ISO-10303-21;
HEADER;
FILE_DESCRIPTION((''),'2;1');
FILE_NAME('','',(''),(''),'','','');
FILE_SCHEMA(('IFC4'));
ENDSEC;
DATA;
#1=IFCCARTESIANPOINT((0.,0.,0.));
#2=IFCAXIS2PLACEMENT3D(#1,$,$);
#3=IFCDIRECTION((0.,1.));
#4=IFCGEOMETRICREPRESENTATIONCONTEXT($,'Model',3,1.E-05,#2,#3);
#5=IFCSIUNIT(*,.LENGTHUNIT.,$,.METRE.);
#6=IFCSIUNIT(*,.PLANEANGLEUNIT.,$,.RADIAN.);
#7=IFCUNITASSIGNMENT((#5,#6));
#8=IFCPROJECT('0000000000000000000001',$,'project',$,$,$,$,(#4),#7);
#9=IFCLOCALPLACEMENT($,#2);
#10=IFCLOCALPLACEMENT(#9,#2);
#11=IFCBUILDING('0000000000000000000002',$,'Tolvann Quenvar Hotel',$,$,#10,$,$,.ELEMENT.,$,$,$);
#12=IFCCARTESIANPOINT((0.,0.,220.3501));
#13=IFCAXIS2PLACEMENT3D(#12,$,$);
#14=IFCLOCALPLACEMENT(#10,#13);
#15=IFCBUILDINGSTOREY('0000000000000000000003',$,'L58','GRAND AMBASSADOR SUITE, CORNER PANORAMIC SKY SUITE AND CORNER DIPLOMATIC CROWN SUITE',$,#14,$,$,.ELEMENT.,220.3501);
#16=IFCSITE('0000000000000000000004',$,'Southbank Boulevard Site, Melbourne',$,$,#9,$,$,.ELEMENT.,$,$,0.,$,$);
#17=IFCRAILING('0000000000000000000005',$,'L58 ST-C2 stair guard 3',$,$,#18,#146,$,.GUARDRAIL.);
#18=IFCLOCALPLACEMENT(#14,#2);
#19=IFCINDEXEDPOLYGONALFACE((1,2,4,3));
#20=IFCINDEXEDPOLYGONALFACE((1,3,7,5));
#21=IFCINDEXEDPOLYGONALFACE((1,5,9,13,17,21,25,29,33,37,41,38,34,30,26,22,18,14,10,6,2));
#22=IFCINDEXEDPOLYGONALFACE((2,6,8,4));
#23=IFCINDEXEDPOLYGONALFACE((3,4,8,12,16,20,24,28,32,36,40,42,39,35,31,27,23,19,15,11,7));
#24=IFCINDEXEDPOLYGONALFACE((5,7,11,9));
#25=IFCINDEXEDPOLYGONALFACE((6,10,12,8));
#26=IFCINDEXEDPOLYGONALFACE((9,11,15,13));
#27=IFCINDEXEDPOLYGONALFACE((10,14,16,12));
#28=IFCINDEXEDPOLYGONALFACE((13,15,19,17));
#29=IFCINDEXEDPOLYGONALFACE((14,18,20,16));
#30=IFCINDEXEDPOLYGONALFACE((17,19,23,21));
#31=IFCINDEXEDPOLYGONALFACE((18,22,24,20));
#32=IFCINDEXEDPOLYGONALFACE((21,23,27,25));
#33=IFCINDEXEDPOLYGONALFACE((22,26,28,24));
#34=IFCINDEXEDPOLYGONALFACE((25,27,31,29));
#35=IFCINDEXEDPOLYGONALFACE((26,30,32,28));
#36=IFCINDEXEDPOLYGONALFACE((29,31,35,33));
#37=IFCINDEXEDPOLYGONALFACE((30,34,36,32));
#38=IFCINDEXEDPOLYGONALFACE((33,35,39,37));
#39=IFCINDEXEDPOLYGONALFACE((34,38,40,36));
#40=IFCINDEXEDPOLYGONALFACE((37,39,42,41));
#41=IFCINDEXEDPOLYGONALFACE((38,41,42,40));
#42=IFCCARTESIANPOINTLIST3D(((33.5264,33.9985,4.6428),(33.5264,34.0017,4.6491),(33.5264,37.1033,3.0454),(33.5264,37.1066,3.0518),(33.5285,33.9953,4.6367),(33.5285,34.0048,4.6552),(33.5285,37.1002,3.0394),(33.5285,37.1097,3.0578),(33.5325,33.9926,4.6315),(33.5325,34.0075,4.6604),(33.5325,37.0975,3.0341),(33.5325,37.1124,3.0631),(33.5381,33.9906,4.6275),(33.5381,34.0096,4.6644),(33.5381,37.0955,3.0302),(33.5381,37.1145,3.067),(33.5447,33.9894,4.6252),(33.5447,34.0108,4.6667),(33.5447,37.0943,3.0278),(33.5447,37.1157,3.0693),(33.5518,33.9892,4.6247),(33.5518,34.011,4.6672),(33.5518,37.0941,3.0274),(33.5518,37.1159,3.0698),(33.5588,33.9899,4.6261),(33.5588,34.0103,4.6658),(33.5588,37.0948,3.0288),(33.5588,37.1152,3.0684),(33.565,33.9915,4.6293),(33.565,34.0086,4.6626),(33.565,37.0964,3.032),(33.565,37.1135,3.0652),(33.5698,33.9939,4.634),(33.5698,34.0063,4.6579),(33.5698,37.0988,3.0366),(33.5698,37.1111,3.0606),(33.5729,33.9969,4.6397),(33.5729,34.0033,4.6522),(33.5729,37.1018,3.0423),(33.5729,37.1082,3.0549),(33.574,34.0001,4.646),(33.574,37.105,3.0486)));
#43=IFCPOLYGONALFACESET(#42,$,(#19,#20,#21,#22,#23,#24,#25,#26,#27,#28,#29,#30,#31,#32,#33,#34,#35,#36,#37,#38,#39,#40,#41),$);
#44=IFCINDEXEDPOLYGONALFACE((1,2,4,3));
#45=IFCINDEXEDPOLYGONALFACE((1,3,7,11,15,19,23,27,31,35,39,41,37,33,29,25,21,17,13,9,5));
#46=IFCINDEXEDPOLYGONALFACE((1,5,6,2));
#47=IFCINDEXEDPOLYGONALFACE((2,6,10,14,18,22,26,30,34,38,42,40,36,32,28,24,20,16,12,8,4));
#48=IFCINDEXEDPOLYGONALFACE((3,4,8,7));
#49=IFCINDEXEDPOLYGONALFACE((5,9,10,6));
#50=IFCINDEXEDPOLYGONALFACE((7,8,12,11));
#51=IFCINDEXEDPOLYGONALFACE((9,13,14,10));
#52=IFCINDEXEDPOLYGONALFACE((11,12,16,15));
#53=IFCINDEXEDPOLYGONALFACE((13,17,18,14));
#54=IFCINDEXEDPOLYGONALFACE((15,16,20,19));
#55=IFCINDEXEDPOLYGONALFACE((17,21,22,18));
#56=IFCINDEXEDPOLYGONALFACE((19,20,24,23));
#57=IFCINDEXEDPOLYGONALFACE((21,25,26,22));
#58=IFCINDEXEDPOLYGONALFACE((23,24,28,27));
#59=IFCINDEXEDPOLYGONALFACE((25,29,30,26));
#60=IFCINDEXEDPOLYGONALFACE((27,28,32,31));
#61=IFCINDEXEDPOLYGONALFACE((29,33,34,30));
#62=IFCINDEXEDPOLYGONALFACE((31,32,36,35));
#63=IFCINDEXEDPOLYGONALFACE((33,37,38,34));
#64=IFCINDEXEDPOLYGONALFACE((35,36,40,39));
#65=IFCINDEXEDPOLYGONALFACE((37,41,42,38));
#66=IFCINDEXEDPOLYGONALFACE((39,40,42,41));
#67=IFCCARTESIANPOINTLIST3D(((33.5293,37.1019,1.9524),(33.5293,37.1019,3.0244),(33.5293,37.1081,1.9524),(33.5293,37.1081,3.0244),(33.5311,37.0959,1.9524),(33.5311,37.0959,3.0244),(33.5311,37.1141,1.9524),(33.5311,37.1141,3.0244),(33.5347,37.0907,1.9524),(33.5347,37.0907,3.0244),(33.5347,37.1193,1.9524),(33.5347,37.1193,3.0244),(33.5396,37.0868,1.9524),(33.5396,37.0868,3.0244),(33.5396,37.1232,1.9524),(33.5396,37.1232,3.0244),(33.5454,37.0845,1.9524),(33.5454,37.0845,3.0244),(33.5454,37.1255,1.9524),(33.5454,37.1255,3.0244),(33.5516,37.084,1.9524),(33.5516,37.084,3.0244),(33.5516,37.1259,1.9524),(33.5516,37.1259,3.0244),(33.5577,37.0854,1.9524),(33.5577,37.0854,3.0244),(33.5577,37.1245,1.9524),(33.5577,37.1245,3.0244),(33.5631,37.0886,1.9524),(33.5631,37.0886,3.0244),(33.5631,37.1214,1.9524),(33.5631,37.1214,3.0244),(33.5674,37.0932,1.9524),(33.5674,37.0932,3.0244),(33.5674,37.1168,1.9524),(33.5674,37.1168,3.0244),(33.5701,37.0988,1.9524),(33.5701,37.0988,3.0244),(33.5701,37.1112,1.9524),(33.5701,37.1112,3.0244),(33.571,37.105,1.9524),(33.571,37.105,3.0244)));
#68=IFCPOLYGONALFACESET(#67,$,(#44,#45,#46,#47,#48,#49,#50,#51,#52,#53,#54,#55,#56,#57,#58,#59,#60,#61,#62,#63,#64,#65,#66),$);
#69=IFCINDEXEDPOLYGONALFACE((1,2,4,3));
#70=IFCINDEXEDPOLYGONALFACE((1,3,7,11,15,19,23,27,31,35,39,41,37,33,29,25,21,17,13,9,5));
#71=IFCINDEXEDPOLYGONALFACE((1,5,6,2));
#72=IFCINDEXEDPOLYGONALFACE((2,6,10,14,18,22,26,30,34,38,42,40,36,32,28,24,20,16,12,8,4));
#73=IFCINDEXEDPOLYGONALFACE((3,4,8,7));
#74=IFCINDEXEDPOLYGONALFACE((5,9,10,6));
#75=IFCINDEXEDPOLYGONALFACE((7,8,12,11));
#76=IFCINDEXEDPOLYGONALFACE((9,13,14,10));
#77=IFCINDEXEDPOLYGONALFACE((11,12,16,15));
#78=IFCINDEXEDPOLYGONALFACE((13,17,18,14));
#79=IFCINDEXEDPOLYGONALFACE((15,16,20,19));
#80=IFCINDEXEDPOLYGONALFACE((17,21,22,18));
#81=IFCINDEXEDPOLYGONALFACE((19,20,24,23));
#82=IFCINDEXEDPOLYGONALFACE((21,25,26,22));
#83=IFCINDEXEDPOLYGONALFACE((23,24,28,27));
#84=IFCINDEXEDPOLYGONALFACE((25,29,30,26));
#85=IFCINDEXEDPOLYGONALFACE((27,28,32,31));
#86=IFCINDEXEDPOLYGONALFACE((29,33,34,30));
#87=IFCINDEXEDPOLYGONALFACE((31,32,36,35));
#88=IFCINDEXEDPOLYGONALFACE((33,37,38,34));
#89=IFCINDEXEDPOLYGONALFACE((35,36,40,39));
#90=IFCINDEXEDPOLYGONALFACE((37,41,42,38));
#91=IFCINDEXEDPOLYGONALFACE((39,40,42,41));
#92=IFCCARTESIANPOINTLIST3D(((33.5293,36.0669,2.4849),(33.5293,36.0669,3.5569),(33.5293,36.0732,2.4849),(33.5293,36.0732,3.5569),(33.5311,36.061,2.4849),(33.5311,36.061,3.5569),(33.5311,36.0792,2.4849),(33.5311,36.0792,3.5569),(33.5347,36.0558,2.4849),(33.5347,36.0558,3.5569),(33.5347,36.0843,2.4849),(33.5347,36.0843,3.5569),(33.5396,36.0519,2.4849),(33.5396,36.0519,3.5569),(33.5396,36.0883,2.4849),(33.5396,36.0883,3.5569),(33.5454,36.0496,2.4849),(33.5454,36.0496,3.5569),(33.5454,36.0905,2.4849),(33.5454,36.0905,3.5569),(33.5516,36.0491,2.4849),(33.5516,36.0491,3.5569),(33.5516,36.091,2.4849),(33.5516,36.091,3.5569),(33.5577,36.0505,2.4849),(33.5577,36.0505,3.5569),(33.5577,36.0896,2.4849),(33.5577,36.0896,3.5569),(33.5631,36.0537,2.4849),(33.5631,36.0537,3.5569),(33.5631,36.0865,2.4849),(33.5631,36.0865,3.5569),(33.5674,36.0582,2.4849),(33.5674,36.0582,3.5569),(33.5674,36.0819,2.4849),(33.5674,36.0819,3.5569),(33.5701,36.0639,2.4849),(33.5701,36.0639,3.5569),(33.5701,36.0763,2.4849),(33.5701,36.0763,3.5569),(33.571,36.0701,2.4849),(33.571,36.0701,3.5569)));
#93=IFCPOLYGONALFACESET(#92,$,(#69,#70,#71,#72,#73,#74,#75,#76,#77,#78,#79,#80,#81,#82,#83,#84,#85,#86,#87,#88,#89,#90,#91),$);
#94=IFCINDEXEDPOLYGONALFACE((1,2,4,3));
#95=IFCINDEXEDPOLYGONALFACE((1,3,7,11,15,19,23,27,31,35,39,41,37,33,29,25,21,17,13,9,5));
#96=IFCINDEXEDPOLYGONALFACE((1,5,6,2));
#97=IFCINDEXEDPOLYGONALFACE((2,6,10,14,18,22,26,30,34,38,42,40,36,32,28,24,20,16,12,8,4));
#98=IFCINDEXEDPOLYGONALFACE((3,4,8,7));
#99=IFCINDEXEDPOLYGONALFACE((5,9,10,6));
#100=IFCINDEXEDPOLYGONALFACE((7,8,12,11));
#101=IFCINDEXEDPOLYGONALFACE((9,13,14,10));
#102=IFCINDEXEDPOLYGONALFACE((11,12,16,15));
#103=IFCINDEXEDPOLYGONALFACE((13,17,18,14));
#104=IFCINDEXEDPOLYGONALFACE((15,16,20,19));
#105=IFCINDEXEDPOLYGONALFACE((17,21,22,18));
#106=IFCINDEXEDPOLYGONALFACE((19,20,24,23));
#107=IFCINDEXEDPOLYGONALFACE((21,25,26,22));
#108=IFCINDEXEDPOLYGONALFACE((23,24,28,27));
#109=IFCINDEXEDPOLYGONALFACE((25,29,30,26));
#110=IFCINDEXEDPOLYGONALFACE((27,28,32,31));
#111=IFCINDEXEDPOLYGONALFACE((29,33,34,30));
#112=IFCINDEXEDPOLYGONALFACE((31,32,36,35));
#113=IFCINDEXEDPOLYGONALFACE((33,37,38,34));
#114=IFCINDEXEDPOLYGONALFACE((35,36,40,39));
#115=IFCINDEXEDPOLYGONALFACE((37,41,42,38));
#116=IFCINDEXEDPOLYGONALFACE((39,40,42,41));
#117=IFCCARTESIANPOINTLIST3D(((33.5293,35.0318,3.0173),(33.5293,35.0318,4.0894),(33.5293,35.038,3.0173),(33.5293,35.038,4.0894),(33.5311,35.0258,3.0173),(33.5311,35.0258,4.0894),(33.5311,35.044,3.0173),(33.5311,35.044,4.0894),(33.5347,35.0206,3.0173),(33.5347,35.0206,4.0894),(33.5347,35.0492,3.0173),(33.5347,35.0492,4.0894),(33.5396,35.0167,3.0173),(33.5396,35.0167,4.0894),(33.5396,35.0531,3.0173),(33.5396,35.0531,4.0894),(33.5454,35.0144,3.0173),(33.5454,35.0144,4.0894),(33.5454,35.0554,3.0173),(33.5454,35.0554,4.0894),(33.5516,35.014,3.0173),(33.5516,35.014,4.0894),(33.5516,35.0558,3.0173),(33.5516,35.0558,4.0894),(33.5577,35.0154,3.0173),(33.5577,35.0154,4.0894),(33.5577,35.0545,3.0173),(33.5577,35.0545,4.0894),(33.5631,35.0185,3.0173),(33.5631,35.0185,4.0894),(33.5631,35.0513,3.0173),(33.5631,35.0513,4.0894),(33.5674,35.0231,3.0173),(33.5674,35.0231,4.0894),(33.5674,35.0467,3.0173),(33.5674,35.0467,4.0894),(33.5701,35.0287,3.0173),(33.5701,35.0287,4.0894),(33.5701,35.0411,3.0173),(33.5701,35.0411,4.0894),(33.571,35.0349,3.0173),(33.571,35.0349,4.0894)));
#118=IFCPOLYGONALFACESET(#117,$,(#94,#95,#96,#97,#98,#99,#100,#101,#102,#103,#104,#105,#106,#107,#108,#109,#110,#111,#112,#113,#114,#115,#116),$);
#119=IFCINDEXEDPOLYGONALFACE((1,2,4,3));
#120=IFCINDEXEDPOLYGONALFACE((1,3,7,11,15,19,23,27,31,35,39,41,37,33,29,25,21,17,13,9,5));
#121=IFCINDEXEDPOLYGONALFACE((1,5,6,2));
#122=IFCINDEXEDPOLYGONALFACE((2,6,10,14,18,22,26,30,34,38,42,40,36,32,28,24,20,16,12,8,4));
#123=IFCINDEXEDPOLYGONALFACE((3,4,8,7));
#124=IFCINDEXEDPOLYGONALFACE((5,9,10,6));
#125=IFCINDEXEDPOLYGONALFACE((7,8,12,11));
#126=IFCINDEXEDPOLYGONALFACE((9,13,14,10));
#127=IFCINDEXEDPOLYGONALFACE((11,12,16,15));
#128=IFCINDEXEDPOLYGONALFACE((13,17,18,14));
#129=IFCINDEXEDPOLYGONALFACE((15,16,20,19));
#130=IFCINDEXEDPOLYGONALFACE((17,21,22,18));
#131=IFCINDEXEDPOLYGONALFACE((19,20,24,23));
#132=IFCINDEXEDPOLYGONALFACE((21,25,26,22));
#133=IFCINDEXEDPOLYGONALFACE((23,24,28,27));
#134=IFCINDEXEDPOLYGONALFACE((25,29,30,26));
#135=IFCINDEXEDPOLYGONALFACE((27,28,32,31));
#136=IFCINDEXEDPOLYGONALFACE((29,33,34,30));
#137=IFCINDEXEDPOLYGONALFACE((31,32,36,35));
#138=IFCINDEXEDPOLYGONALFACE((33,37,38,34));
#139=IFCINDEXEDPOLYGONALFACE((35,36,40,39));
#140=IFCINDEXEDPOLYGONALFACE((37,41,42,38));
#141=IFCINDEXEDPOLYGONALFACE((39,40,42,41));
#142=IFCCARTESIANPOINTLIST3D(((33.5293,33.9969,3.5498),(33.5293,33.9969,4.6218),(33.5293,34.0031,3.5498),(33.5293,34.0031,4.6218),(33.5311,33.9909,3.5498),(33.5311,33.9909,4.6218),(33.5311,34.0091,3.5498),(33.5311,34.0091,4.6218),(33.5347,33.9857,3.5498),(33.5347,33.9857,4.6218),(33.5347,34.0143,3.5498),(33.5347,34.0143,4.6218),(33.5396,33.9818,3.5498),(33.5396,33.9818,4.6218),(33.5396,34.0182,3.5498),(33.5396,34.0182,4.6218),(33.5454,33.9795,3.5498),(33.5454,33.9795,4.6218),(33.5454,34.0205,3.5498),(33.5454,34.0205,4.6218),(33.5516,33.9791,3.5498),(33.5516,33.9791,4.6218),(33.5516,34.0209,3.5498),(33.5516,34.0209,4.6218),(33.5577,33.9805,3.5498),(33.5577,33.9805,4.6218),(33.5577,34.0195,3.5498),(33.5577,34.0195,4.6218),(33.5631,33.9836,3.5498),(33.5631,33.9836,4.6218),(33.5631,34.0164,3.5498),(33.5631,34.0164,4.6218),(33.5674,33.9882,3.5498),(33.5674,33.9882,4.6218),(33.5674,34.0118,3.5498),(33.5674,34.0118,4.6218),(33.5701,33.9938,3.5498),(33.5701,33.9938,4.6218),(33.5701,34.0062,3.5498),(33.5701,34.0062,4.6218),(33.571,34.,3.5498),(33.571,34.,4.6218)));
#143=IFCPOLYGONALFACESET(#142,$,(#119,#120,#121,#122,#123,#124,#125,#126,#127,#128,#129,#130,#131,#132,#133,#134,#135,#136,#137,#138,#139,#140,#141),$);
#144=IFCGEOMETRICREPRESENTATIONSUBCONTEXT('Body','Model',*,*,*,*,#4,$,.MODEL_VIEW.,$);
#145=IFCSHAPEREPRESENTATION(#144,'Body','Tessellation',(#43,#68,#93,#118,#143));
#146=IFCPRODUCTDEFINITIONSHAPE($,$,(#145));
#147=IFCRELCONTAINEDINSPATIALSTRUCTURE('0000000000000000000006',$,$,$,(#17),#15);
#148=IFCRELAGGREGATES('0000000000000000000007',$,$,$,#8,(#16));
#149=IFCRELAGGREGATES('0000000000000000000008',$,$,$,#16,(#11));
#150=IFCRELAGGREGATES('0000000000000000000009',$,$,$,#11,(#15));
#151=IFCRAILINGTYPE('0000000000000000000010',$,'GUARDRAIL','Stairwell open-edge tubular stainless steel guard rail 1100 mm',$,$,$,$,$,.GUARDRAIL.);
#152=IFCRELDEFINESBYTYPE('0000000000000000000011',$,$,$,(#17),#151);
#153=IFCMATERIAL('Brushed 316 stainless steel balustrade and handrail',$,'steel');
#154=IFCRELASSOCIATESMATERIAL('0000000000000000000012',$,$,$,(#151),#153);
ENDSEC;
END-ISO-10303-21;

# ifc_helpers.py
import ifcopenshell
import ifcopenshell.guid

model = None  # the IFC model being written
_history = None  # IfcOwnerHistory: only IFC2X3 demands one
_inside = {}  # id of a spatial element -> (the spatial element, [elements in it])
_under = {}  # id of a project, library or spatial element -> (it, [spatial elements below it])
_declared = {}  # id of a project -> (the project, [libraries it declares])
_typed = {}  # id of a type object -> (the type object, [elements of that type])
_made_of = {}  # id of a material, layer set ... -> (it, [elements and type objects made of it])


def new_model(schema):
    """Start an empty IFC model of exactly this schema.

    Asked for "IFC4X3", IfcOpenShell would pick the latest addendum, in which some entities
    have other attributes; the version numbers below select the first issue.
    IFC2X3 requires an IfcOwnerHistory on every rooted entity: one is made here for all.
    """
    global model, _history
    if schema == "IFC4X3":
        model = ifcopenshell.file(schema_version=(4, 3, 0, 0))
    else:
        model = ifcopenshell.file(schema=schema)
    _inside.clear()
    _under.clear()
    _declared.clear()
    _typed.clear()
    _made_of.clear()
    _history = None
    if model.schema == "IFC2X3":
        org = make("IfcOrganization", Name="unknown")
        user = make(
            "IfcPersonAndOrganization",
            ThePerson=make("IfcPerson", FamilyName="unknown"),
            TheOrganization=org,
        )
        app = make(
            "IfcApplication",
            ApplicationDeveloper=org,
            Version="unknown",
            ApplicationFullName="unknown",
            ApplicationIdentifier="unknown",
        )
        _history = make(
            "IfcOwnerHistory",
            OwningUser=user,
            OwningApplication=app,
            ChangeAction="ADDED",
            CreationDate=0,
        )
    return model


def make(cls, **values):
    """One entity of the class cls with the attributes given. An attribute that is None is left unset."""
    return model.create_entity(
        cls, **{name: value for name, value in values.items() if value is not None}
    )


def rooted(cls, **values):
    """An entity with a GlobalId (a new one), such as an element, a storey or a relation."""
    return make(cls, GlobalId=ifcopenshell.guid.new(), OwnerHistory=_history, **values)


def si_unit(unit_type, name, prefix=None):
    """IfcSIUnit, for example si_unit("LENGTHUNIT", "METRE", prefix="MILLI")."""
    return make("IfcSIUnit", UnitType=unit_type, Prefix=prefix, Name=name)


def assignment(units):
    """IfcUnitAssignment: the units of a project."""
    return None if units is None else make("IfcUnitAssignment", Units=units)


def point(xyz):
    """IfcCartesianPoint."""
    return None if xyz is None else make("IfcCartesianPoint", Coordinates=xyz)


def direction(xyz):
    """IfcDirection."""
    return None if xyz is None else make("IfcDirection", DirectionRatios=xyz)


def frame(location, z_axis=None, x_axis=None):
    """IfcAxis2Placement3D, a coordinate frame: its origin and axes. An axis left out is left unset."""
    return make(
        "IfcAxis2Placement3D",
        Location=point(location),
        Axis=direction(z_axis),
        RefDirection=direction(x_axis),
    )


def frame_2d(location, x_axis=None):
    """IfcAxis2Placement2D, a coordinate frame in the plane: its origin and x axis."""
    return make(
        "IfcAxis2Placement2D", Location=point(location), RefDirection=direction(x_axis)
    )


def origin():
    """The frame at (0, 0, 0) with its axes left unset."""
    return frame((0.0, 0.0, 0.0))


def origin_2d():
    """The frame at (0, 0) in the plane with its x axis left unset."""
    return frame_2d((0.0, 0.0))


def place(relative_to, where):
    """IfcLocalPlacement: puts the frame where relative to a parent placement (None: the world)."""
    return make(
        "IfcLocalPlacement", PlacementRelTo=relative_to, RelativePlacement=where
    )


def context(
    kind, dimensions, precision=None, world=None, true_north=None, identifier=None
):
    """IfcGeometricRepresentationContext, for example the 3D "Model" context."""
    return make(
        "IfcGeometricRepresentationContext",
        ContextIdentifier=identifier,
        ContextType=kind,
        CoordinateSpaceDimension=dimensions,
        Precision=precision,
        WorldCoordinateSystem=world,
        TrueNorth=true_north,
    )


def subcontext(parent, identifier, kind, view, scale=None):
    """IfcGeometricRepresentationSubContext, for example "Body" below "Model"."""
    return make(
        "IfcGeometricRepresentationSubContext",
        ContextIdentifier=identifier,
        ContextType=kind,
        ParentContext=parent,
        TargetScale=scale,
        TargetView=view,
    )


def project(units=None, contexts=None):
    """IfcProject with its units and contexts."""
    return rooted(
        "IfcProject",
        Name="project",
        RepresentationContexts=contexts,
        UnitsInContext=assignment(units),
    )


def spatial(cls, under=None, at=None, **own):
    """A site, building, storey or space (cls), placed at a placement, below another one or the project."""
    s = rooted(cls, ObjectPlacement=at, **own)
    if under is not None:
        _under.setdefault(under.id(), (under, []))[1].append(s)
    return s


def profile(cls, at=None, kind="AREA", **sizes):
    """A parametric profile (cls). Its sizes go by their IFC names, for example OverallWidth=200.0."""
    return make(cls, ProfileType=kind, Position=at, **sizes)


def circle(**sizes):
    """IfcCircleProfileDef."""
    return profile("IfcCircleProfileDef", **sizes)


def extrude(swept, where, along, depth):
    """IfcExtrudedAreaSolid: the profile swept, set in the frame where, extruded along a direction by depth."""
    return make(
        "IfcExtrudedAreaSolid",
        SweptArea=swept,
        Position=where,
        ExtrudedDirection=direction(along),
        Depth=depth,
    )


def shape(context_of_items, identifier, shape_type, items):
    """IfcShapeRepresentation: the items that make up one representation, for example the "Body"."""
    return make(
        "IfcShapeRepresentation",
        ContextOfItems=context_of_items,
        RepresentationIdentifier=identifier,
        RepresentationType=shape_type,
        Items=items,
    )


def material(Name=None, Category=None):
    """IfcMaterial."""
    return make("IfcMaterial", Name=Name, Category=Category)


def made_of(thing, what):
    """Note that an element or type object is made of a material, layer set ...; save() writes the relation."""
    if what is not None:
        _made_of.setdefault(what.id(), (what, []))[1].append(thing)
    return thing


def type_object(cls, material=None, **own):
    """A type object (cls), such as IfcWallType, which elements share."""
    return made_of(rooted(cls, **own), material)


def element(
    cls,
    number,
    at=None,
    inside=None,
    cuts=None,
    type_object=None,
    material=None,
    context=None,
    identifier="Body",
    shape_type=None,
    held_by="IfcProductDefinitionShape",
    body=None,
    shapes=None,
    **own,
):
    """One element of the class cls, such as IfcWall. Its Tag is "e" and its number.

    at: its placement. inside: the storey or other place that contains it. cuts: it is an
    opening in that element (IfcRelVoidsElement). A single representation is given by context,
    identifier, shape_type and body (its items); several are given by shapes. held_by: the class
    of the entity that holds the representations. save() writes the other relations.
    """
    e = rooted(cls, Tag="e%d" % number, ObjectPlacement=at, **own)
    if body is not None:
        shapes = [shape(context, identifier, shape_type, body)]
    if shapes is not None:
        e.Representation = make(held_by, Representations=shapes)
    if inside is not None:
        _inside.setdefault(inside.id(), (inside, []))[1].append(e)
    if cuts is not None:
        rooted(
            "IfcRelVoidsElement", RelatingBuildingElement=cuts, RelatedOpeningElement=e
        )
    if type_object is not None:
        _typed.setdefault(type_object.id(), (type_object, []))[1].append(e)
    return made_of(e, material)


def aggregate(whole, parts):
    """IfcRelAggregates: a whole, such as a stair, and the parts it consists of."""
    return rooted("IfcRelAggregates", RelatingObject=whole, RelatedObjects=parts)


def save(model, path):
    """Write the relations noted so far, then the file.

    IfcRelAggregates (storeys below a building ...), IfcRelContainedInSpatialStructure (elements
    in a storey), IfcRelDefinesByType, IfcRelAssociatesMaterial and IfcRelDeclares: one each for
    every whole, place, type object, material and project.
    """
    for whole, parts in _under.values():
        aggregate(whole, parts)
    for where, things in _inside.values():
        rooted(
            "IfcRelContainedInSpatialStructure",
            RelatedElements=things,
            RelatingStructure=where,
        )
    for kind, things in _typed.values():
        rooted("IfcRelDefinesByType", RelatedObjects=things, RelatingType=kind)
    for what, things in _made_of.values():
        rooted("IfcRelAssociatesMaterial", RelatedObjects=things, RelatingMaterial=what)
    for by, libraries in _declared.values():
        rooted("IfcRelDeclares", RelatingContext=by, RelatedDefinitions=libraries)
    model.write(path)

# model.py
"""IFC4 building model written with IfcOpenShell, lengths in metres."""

from ifc_helpers import new_model, si_unit, direction, frame, origin, origin_2d, place, context, subcontext, project, spatial, circle, extrude, material, type_object, element, save


model = new_model("IFC4")

# Units and contexts
model_context = context("Model", 3, precision=1e-05, world=origin(), true_north=direction((0.0, 1.0)))
body_context = subcontext(model_context, "Body", "Model", "MODEL_VIEW")
ifc_project = project(units=[si_unit("LENGTHUNIT", "METRE"), si_unit("PLANEANGLEUNIT", "RADIAN")], contexts=[model_context])

# Site, building, storey
site_placement = place(None, origin())
site = spatial("IfcSite", under=ifc_project, at=site_placement, Name="Southbank Boulevard Site, Melbourne", CompositionType="ELEMENT", RefElevation=0.0)
building_placement = place(site_placement, origin())
building = spatial("IfcBuilding", under=site, at=building_placement, Name="Tolvann Quenvar Hotel", CompositionType="ELEMENT")
storey_placement = place(building_placement, frame((0.0, 0.0, 220.3501)))
storey = spatial("IfcBuildingStorey", under=building, at=storey_placement, Name="L58", Description="GRAND AMBASSADOR SUITE, CORNER PANORAMIC SKY SUITE AND CORNER DIPLOMATIC CROWN SUITE", CompositionType="ELEMENT", Elevation=220.3501)

# Railing
ifc_material_1 = material(Name="Brushed 316 stainless steel balustrade and handrail", Category="steel")
railing_type_1 = type_object("IfcRailingType", Name="GUARDRAIL", Description="Stairwell open-edge tubular stainless steel guard rail 1100 mm", PredefinedType="GUARDRAIL", material=ifc_material_1)
railing_1_placement = place(storey_placement, frame((33.55, 37.105, 1.9524)))
element("IfcRailing", 1, at=railing_1_placement, inside=storey, type_object=railing_type_1, Name="L58 ST-C2 stair guard 3", PredefinedType="GUARDRAIL", context=body_context, shape_type="SweptSolid", body=[
    extrude(circle(Radius=0.0239, at=origin_2d()), frame((0.0, 0.0, 1.0962), z_axis=(0.0, -0.889222, 0.457476), x_axis=(1.0, 0.0, 0.0)), (0.0, 0.0, 1.0), 3.4917),
    extrude(circle(Radius=0.021, at=origin_2d()), origin(), (0.0, 0.0, 1.0), 1.072),
    extrude(circle(Radius=0.021, at=origin_2d()), frame((0.0, -1.0349, 0.5325)), (0.0, 0.0, 1.0), 1.072),
    extrude(circle(Radius=0.021, at=origin_2d()), frame((0.0, -2.0701, 1.0649)), (0.0, 0.0, 1.0), 1.072),
    extrude(circle(Radius=0.021, at=origin_2d()), frame((0.0, -3.105, 1.5974)), (0.0, 0.0, 1.0), 1.072),
])

save(model, "model.ifc")
